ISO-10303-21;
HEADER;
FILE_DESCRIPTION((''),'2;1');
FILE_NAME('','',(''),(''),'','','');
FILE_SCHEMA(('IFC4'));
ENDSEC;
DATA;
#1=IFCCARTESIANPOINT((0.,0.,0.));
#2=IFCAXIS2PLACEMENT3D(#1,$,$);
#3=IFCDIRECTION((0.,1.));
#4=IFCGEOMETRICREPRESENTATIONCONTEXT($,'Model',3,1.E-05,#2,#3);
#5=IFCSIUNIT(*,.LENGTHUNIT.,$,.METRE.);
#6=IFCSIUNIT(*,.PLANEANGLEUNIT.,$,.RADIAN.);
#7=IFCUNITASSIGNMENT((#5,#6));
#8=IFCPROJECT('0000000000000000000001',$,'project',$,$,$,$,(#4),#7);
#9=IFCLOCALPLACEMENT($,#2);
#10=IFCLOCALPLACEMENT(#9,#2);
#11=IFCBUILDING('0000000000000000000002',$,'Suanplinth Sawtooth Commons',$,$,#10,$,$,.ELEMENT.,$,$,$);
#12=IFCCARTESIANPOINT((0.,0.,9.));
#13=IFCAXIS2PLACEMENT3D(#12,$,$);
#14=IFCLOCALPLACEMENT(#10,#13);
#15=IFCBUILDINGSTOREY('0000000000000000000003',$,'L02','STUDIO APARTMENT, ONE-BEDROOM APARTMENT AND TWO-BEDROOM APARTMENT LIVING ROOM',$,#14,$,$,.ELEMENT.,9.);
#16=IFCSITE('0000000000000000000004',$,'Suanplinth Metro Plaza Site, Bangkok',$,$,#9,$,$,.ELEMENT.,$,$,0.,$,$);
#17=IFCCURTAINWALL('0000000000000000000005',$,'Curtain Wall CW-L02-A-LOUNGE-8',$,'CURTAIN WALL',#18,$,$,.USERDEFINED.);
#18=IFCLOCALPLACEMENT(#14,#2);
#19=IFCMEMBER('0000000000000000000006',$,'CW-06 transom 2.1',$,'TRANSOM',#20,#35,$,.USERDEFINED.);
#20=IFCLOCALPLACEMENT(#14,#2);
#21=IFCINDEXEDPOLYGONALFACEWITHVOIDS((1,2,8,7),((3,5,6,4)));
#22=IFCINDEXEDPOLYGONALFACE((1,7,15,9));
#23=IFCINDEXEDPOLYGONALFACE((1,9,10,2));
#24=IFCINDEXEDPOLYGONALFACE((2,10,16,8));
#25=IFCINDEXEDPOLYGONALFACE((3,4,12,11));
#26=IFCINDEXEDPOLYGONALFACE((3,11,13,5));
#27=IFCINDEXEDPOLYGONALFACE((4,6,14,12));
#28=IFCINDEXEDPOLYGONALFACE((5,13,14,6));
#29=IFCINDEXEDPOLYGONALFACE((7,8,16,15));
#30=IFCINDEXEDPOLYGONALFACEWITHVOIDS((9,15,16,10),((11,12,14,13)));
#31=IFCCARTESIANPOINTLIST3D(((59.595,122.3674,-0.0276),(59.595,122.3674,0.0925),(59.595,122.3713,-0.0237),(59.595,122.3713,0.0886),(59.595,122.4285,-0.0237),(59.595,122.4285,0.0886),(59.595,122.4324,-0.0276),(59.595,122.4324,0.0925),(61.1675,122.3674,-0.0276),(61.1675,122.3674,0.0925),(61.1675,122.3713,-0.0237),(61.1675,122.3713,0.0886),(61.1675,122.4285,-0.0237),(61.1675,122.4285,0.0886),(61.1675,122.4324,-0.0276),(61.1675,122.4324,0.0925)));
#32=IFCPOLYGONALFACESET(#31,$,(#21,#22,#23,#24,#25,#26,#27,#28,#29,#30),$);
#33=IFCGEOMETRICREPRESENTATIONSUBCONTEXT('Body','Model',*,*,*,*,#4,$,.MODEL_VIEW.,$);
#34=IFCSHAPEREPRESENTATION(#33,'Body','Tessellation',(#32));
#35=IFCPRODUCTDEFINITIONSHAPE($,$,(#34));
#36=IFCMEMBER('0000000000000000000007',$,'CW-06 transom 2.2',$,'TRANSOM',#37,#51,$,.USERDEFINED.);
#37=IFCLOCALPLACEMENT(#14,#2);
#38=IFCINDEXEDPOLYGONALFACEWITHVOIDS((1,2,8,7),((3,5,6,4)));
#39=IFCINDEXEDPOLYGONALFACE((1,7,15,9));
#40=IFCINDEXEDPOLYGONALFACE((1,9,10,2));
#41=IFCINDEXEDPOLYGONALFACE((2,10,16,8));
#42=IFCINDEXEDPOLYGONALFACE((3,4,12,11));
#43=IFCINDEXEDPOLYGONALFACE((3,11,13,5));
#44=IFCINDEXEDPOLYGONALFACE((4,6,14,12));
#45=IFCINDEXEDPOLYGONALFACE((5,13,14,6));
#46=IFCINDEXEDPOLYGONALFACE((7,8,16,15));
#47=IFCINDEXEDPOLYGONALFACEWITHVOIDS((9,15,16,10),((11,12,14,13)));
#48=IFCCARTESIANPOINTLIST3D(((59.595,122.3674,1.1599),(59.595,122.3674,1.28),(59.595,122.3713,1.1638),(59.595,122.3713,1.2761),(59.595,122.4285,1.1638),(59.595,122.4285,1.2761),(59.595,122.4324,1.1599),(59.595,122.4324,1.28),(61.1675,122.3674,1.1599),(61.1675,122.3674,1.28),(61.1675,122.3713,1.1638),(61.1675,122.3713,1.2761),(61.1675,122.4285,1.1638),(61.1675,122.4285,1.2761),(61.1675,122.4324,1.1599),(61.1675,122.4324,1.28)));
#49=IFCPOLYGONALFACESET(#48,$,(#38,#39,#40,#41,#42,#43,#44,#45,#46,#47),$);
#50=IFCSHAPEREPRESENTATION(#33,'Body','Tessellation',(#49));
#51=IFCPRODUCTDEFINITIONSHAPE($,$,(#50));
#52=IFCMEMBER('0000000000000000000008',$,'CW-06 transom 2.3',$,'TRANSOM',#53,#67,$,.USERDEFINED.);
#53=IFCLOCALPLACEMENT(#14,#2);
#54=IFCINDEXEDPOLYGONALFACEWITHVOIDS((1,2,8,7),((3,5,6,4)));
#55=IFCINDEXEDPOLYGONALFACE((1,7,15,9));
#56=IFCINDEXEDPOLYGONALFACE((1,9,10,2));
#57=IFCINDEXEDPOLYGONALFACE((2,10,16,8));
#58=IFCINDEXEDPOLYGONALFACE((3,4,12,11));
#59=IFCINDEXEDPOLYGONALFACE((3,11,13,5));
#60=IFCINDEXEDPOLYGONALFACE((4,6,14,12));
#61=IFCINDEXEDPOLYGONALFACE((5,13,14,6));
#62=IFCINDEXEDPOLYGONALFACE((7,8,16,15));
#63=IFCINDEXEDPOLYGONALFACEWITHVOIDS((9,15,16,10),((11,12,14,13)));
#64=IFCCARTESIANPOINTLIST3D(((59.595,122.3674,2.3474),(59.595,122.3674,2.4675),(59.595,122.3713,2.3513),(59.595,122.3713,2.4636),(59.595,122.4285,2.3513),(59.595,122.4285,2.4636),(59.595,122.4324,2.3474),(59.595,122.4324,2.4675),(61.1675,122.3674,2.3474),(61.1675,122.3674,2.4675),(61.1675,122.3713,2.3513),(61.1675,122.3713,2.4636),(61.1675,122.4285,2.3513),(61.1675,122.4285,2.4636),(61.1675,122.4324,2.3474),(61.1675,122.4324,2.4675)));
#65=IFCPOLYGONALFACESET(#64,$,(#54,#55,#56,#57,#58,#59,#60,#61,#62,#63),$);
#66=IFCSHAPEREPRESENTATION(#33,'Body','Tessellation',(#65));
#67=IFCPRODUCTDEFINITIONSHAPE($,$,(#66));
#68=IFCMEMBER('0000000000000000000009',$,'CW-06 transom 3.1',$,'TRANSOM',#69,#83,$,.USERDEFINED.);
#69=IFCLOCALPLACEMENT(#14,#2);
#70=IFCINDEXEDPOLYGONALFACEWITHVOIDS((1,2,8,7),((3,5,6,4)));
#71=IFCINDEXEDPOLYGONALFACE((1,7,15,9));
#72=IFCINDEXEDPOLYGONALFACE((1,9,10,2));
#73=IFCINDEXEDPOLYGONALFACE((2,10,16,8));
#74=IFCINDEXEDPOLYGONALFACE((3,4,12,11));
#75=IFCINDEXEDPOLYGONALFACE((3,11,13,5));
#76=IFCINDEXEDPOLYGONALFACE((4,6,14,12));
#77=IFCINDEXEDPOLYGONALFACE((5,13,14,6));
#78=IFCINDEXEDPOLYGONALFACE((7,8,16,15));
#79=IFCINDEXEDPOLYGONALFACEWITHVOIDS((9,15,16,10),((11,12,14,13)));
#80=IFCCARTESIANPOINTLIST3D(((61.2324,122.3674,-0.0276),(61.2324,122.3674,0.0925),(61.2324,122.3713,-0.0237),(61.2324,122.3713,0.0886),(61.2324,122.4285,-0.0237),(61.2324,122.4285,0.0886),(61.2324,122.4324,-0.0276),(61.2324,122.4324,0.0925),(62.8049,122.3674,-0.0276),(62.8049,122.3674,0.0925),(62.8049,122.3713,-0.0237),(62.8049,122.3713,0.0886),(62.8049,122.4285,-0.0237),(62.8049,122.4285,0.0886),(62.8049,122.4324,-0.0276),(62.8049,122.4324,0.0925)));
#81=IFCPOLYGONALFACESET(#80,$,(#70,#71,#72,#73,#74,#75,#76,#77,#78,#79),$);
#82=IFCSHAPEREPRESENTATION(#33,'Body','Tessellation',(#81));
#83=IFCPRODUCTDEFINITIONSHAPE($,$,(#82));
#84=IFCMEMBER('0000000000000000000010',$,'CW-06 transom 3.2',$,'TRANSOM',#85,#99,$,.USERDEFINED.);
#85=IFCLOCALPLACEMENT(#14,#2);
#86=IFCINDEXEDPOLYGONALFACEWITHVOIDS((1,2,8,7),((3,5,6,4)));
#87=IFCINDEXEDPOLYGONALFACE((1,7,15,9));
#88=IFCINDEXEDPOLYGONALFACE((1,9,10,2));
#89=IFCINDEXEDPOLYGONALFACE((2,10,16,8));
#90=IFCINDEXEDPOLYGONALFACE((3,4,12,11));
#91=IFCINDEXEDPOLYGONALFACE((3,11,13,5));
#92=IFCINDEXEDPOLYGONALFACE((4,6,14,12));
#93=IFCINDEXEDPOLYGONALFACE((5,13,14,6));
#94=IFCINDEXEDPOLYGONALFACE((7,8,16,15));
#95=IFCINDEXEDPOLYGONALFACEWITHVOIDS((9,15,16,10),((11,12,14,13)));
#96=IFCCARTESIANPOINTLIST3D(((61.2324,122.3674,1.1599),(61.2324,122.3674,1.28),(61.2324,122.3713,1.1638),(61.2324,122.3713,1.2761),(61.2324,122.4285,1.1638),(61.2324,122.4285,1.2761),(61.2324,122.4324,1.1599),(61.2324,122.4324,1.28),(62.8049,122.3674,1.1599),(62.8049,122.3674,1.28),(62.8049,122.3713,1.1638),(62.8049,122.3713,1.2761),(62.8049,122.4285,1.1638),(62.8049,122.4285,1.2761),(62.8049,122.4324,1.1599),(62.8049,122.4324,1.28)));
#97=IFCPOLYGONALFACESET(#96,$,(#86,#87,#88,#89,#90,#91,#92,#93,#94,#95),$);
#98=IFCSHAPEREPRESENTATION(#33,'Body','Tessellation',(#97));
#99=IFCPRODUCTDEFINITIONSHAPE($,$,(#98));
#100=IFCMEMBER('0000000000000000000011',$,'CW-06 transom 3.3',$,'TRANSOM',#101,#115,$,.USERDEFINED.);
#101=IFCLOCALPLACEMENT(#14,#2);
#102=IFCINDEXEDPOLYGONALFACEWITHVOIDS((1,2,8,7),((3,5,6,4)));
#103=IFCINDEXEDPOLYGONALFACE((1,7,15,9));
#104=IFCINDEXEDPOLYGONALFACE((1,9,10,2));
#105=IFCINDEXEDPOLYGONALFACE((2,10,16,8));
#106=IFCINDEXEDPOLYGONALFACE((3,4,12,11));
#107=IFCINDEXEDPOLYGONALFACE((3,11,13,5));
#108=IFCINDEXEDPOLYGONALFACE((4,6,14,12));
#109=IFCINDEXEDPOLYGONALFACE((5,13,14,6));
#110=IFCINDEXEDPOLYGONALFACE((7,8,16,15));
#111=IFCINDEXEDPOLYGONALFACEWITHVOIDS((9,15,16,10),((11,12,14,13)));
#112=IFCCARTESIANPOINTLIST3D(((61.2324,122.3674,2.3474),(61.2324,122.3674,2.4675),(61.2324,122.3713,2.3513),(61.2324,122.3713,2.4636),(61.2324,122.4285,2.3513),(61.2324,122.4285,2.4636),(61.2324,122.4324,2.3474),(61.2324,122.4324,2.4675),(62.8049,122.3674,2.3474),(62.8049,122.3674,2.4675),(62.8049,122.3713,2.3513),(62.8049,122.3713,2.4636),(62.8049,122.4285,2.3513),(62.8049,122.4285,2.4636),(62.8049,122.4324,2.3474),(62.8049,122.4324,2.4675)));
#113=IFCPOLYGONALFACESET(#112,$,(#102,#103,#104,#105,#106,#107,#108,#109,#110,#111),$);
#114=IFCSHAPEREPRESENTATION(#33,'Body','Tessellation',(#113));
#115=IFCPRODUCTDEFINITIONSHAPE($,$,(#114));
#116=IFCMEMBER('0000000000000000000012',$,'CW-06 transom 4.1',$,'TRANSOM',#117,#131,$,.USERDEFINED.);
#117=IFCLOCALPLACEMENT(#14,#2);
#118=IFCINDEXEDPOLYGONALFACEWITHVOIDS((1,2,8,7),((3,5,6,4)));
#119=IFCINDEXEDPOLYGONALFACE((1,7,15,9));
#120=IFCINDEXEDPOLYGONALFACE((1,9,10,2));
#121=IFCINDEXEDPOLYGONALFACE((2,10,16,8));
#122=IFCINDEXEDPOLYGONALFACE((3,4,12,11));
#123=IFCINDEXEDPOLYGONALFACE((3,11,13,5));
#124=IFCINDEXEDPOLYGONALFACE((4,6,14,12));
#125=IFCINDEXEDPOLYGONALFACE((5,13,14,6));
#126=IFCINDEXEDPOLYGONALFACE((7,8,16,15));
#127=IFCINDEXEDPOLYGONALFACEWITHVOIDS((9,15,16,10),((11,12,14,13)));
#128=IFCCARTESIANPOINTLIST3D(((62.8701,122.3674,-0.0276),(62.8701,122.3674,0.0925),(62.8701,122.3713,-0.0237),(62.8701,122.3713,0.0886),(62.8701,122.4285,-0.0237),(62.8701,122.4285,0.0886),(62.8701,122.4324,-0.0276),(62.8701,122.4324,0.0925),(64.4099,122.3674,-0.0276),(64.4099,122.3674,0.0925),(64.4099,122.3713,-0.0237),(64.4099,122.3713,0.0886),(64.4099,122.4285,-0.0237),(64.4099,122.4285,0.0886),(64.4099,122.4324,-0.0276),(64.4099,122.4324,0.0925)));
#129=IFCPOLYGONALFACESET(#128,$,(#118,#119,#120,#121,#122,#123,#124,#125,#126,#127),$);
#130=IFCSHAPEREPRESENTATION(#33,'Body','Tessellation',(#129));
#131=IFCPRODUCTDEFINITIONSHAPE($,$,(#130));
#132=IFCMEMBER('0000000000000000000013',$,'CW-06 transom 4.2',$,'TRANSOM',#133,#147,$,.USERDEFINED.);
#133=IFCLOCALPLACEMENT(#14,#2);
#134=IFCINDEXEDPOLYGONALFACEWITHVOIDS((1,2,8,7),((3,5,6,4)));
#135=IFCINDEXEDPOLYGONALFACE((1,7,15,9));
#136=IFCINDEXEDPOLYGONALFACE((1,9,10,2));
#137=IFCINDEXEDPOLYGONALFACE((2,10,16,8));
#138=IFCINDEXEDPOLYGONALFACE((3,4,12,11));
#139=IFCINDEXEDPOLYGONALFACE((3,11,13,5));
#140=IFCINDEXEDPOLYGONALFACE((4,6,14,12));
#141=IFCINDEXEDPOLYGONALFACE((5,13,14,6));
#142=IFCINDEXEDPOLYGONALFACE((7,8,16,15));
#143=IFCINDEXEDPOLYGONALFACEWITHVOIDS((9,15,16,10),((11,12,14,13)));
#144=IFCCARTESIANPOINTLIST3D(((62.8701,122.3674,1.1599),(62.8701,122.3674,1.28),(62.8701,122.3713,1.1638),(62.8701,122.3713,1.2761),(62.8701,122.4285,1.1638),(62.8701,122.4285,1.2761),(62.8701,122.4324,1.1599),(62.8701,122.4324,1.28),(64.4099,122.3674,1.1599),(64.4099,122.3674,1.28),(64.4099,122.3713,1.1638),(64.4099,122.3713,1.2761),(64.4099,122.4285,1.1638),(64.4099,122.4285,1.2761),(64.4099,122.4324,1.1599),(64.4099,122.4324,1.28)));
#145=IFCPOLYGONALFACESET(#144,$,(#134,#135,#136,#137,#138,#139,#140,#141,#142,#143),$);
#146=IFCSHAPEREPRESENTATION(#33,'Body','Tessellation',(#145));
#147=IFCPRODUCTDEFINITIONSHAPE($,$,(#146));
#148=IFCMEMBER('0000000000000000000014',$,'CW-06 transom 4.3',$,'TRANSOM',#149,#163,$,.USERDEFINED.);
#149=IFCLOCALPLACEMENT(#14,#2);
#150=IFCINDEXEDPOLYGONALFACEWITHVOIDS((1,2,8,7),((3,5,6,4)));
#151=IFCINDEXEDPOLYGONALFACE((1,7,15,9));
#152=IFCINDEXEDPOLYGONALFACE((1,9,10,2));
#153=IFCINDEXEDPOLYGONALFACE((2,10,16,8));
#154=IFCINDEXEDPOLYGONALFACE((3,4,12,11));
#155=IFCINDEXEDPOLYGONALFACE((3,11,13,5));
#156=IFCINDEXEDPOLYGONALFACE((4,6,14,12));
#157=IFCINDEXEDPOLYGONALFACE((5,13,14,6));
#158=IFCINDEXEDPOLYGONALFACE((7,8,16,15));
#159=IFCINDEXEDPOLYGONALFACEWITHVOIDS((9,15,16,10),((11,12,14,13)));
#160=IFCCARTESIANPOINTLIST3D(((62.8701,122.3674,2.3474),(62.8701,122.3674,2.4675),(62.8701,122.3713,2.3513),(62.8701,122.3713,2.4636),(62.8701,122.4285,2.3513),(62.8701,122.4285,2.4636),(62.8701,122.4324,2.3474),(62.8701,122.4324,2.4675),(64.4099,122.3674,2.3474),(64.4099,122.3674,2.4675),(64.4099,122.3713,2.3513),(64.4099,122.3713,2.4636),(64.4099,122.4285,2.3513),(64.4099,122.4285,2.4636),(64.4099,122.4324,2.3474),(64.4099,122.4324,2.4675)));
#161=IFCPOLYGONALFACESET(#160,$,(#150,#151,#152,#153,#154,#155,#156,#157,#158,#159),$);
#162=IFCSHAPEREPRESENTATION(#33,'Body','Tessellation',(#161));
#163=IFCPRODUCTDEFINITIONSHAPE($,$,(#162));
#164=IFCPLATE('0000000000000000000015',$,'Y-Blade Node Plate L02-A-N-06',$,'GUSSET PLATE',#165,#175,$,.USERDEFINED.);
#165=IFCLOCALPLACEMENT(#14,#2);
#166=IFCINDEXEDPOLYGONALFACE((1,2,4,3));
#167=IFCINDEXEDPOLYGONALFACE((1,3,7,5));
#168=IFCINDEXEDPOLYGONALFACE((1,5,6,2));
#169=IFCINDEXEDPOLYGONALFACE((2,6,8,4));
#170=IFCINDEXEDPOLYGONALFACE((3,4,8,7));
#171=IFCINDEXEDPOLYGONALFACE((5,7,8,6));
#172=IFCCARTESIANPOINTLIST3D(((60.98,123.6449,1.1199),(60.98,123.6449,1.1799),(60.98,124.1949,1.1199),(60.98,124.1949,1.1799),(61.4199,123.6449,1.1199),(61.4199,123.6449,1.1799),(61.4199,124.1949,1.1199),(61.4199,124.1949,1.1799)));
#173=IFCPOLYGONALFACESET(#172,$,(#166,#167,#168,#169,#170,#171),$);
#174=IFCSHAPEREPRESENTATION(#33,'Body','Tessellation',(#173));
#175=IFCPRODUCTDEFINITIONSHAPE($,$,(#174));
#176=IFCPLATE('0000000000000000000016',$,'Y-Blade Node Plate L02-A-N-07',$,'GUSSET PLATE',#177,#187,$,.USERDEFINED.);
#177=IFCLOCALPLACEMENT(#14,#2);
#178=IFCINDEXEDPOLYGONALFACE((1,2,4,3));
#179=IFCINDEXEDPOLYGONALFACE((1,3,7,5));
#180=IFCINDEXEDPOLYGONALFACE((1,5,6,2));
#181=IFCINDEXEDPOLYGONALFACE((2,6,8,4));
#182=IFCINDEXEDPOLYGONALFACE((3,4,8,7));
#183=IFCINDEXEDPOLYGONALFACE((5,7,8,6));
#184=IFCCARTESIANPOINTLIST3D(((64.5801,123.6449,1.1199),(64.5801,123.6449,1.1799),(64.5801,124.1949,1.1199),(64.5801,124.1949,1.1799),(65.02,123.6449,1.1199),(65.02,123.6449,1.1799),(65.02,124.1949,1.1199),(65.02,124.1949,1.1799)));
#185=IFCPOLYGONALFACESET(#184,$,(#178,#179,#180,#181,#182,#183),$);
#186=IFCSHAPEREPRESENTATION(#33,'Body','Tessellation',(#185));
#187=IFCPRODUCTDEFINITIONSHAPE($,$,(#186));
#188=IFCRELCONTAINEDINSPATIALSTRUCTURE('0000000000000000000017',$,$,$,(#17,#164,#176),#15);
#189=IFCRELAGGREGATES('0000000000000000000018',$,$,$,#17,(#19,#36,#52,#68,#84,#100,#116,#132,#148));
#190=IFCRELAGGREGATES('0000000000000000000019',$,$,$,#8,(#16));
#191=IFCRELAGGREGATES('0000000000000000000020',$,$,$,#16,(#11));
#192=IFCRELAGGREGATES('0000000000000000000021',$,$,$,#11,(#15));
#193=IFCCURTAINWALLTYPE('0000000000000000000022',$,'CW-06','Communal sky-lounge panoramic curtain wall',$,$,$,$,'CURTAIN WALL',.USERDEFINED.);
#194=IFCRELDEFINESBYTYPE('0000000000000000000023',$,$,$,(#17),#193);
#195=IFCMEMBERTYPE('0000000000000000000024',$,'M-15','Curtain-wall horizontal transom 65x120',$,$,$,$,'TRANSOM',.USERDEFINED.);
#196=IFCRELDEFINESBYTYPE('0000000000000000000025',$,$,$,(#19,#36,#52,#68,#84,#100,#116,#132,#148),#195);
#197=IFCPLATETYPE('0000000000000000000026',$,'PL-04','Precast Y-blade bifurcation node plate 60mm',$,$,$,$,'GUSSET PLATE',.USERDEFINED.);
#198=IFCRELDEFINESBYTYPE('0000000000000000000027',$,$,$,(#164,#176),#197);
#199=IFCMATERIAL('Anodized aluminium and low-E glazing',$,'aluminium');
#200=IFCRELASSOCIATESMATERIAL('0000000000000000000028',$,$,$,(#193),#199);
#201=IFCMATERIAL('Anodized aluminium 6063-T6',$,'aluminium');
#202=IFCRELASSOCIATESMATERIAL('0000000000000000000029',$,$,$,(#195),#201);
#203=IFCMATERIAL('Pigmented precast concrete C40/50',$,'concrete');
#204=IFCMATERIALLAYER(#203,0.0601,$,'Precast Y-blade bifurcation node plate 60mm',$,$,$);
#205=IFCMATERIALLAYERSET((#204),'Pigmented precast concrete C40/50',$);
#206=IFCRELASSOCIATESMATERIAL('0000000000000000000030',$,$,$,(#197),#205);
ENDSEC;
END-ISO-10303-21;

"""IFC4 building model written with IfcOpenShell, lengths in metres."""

from ifc_helpers import new_model, si_unit, direction, frame, origin, origin_2d, place, context, subcontext, project, spatial, rectangle, hollow_rectangle, extrude, material, layer, layer_set, material_profile, profile_set, type_object, element, aggregate, save


model = new_model("IFC4")

# Units and contexts
model_context = context("Model", 3, precision=1e-05, world=origin(), true_north=direction((0.0, 1.0)))
body_context = subcontext(model_context, "Body", "Model", "MODEL_VIEW")
ifc_project = project(units=[si_unit("LENGTHUNIT", "METRE"), si_unit("PLANEANGLEUNIT", "RADIAN")], contexts=[model_context])

# Site, building, storey
site_placement = place(None, origin())
site = spatial("IfcSite", under=ifc_project, at=site_placement, Name="Suanplinth Metro Plaza Site, Bangkok", CompositionType="ELEMENT", RefElevation=0.0)
building_placement = place(site_placement, origin())
building = spatial("IfcBuilding", under=site, at=building_placement, Name="Suanplinth Sawtooth Commons", CompositionType="ELEMENT")
storey_placement = place(building_placement, frame((0.0, 0.0, 9.0)))
storey = spatial("IfcBuildingStorey", under=building, at=storey_placement, Name="L02", Description="STUDIO APARTMENT, ONE-BEDROOM APARTMENT AND TWO-BEDROOM APARTMENT LIVING ROOM", CompositionType="ELEMENT", Elevation=9.0)

# Shared definitions
ifc_material_1 = material(Name="Pigmented precast concrete C40/50", Category="concrete")

# Curtain wall, members
ifc_material_2 = material(Name="Anodized aluminium and low-E glazing", Category="aluminium")
curtain_wall_type = type_object("IfcCurtainWallType", Name="CW-06", Description="Communal sky-lounge panoramic curtain wall", ElementType="CURTAIN WALL", PredefinedType="USERDEFINED", material=ifc_material_2)
curtain_wall_placement = place(storey_placement, origin())
curtain_wall = element("IfcCurtainWall", 1, at=curtain_wall_placement, inside=storey, type_object=curtain_wall_type, Name="Curtain Wall CW-L02-A-LOUNGE-8", ObjectType="CURTAIN WALL", PredefinedType="USERDEFINED")
ifc_material_3 = material(Name="Anodized aluminium 6063-T6", Category="aluminium")
ifc_material_profile_1 = material_profile(ifc_material_3, hollow_rectangle(XDim=0.0649, YDim=0.1201, WallThickness=0.0039, at=origin_2d()), Name="ALU-TRN 65x120")
ifc_profile_set_1 = profile_set([ifc_material_profile_1], Name="Anodized aluminium 6063-T6")
member_type_1 = type_object("IfcMemberType", Name="M-15", Description="Curtain-wall horizontal transom 65x120", ElementType="TRANSOM", PredefinedType="USERDEFINED", material=ifc_profile_set_1)
member_1_placement = place(storey_placement, frame((59.595, 122.3999, 0.0325), z_axis=(1.0, 0.0, 0.0), x_axis=(0.0, 1.0, 0.0)))
member_1 = element("IfcMember", 2, at=member_1_placement, type_object=member_type_1, Name="CW-06 transom 2.1", ObjectType="TRANSOM", PredefinedType="USERDEFINED", context=body_context, shape_type="SweptSolid", body=[
    extrude(hollow_rectangle(XDim=0.0649, YDim=0.1201, WallThickness=0.0039, at=origin_2d()), origin(), (0.0, 0.0, 1.0), 1.5725),
])
member_2_placement = place(storey_placement, frame((59.595, 122.3999, 1.22), z_axis=(1.0, 0.0, 0.0), x_axis=(0.0, 1.0, 0.0)))
member_2 = element("IfcMember", 3, at=member_2_placement, type_object=member_type_1, Name="CW-06 transom 2.2", ObjectType="TRANSOM", PredefinedType="USERDEFINED", context=body_context, shape_type="SweptSolid", body=[
    extrude(hollow_rectangle(XDim=0.0649, YDim=0.1201, WallThickness=0.0039, at=origin_2d()), origin(), (0.0, 0.0, 1.0), 1.5725),
])
member_3_placement = place(storey_placement, frame((59.595, 122.3999, 2.4075), z_axis=(1.0, 0.0, 0.0), x_axis=(0.0, 1.0, 0.0)))
member_3 = element("IfcMember", 4, at=member_3_placement, type_object=member_type_1, Name="CW-06 transom 2.3", ObjectType="TRANSOM", PredefinedType="USERDEFINED", context=body_context, shape_type="SweptSolid", body=[
    extrude(hollow_rectangle(XDim=0.0649, YDim=0.1201, WallThickness=0.0039, at=origin_2d()), origin(), (0.0, 0.0, 1.0), 1.5725),
])
member_4_placement = place(storey_placement, frame((61.2324, 122.3999, 0.0325), z_axis=(1.0, 0.0, 0.0), x_axis=(0.0, 1.0, 0.0)))
member_4 = element("IfcMember", 5, at=member_4_placement, type_object=member_type_1, Name="CW-06 transom 3.1", ObjectType="TRANSOM", PredefinedType="USERDEFINED", context=body_context, shape_type="SweptSolid", body=[
    extrude(hollow_rectangle(XDim=0.0649, YDim=0.1201, WallThickness=0.0039, at=origin_2d()), origin(), (0.0, 0.0, 1.0), 1.5725),
])
member_5_placement = place(storey_placement, frame((61.2324, 122.3999, 1.22), z_axis=(1.0, 0.0, 0.0), x_axis=(0.0, 1.0, 0.0)))
member_5 = element("IfcMember", 6, at=member_5_placement, type_object=member_type_1, Name="CW-06 transom 3.2", ObjectType="TRANSOM", PredefinedType="USERDEFINED", context=body_context, shape_type="SweptSolid", body=[
    extrude(hollow_rectangle(XDim=0.0649, YDim=0.1201, WallThickness=0.0039, at=origin_2d()), origin(), (0.0, 0.0, 1.0), 1.5725),
])
member_6_placement = place(storey_placement, frame((61.2324, 122.3999, 2.4075), z_axis=(1.0, 0.0, 0.0), x_axis=(0.0, 1.0, 0.0)))
member_6 = element("IfcMember", 7, at=member_6_placement, type_object=member_type_1, Name="CW-06 transom 3.3", ObjectType="TRANSOM", PredefinedType="USERDEFINED", context=body_context, shape_type="SweptSolid", body=[
    extrude(hollow_rectangle(XDim=0.0649, YDim=0.1201, WallThickness=0.0039, at=origin_2d()), origin(), (0.0, 0.0, 1.0), 1.5725),
])
member_7_placement = place(storey_placement, frame((62.8701, 122.3999, 0.0325), z_axis=(1.0, 0.0, 0.0), x_axis=(0.0, 1.0, 0.0)))
member_7 = element("IfcMember", 8, at=member_7_placement, type_object=member_type_1, Name="CW-06 transom 4.1", ObjectType="TRANSOM", PredefinedType="USERDEFINED", context=body_context, shape_type="SweptSolid", body=[
    extrude(hollow_rectangle(XDim=0.0649, YDim=0.1201, WallThickness=0.0039, at=origin_2d()), origin(), (0.0, 0.0, 1.0), 1.5398),
])
member_8_placement = place(storey_placement, frame((62.8701, 122.3999, 1.22), z_axis=(1.0, 0.0, 0.0), x_axis=(0.0, 1.0, 0.0)))
member_8 = element("IfcMember", 9, at=member_8_placement, type_object=member_type_1, Name="CW-06 transom 4.2", ObjectType="TRANSOM", PredefinedType="USERDEFINED", context=body_context, shape_type="SweptSolid", body=[
    extrude(hollow_rectangle(XDim=0.0649, YDim=0.1201, WallThickness=0.0039, at=origin_2d()), origin(), (0.0, 0.0, 1.0), 1.5398),
])
member_9_placement = place(storey_placement, frame((62.8701, 122.3999, 2.4075), z_axis=(1.0, 0.0, 0.0), x_axis=(0.0, 1.0, 0.0)))
member_9 = element("IfcMember", 10, at=member_9_placement, type_object=member_type_1, Name="CW-06 transom 4.3", ObjectType="TRANSOM", PredefinedType="USERDEFINED", context=body_context, shape_type="SweptSolid", body=[
    extrude(hollow_rectangle(XDim=0.0649, YDim=0.1201, WallThickness=0.0039, at=origin_2d()), origin(), (0.0, 0.0, 1.0), 1.5398),
])

# Plates
ifc_layer_1 = layer(ifc_material_1, 0.0601, Name="Precast Y-blade bifurcation node plate 60mm")
ifc_layer_set_1 = layer_set([ifc_layer_1], Name="Pigmented precast concrete C40/50")
plate_type_1 = type_object("IfcPlateType", Name="PL-04", Description="Precast Y-blade bifurcation node plate 60mm", ElementType="GUSSET PLATE", PredefinedType="USERDEFINED", material=ifc_layer_set_1)
for number, where, z_axis, x_axis, name in (
    (11, (61.2, 123.9199, 1.1199), (0.0, 0.0, 1.0), (1.0, 0.0, 0.0), "Y-Blade Node Plate L02-A-N-06"),
    (12, (64.8, 123.9199, 1.1199), (0.0, 0.0, 1.0), (1.0, 0.0, 0.0), "Y-Blade Node Plate L02-A-N-07"),
):
    element("IfcPlate", number, at=place(storey_placement, frame(where, z_axis=z_axis, x_axis=x_axis)), inside=storey, type_object=plate_type_1, Name=name, ObjectType="GUSSET PLATE", PredefinedType="USERDEFINED", context=body_context, shape_type="SweptSolid", body=[
        extrude(rectangle(XDim=0.4399, YDim=0.55, at=origin_2d()), origin(), (0.0, 0.0, 1.0), 0.0601),
    ])

aggregate(curtain_wall, [member_1, member_2, member_3, member_4, member_5, member_6, member_7, member_8, member_9])

save(model, "model.ifc")
